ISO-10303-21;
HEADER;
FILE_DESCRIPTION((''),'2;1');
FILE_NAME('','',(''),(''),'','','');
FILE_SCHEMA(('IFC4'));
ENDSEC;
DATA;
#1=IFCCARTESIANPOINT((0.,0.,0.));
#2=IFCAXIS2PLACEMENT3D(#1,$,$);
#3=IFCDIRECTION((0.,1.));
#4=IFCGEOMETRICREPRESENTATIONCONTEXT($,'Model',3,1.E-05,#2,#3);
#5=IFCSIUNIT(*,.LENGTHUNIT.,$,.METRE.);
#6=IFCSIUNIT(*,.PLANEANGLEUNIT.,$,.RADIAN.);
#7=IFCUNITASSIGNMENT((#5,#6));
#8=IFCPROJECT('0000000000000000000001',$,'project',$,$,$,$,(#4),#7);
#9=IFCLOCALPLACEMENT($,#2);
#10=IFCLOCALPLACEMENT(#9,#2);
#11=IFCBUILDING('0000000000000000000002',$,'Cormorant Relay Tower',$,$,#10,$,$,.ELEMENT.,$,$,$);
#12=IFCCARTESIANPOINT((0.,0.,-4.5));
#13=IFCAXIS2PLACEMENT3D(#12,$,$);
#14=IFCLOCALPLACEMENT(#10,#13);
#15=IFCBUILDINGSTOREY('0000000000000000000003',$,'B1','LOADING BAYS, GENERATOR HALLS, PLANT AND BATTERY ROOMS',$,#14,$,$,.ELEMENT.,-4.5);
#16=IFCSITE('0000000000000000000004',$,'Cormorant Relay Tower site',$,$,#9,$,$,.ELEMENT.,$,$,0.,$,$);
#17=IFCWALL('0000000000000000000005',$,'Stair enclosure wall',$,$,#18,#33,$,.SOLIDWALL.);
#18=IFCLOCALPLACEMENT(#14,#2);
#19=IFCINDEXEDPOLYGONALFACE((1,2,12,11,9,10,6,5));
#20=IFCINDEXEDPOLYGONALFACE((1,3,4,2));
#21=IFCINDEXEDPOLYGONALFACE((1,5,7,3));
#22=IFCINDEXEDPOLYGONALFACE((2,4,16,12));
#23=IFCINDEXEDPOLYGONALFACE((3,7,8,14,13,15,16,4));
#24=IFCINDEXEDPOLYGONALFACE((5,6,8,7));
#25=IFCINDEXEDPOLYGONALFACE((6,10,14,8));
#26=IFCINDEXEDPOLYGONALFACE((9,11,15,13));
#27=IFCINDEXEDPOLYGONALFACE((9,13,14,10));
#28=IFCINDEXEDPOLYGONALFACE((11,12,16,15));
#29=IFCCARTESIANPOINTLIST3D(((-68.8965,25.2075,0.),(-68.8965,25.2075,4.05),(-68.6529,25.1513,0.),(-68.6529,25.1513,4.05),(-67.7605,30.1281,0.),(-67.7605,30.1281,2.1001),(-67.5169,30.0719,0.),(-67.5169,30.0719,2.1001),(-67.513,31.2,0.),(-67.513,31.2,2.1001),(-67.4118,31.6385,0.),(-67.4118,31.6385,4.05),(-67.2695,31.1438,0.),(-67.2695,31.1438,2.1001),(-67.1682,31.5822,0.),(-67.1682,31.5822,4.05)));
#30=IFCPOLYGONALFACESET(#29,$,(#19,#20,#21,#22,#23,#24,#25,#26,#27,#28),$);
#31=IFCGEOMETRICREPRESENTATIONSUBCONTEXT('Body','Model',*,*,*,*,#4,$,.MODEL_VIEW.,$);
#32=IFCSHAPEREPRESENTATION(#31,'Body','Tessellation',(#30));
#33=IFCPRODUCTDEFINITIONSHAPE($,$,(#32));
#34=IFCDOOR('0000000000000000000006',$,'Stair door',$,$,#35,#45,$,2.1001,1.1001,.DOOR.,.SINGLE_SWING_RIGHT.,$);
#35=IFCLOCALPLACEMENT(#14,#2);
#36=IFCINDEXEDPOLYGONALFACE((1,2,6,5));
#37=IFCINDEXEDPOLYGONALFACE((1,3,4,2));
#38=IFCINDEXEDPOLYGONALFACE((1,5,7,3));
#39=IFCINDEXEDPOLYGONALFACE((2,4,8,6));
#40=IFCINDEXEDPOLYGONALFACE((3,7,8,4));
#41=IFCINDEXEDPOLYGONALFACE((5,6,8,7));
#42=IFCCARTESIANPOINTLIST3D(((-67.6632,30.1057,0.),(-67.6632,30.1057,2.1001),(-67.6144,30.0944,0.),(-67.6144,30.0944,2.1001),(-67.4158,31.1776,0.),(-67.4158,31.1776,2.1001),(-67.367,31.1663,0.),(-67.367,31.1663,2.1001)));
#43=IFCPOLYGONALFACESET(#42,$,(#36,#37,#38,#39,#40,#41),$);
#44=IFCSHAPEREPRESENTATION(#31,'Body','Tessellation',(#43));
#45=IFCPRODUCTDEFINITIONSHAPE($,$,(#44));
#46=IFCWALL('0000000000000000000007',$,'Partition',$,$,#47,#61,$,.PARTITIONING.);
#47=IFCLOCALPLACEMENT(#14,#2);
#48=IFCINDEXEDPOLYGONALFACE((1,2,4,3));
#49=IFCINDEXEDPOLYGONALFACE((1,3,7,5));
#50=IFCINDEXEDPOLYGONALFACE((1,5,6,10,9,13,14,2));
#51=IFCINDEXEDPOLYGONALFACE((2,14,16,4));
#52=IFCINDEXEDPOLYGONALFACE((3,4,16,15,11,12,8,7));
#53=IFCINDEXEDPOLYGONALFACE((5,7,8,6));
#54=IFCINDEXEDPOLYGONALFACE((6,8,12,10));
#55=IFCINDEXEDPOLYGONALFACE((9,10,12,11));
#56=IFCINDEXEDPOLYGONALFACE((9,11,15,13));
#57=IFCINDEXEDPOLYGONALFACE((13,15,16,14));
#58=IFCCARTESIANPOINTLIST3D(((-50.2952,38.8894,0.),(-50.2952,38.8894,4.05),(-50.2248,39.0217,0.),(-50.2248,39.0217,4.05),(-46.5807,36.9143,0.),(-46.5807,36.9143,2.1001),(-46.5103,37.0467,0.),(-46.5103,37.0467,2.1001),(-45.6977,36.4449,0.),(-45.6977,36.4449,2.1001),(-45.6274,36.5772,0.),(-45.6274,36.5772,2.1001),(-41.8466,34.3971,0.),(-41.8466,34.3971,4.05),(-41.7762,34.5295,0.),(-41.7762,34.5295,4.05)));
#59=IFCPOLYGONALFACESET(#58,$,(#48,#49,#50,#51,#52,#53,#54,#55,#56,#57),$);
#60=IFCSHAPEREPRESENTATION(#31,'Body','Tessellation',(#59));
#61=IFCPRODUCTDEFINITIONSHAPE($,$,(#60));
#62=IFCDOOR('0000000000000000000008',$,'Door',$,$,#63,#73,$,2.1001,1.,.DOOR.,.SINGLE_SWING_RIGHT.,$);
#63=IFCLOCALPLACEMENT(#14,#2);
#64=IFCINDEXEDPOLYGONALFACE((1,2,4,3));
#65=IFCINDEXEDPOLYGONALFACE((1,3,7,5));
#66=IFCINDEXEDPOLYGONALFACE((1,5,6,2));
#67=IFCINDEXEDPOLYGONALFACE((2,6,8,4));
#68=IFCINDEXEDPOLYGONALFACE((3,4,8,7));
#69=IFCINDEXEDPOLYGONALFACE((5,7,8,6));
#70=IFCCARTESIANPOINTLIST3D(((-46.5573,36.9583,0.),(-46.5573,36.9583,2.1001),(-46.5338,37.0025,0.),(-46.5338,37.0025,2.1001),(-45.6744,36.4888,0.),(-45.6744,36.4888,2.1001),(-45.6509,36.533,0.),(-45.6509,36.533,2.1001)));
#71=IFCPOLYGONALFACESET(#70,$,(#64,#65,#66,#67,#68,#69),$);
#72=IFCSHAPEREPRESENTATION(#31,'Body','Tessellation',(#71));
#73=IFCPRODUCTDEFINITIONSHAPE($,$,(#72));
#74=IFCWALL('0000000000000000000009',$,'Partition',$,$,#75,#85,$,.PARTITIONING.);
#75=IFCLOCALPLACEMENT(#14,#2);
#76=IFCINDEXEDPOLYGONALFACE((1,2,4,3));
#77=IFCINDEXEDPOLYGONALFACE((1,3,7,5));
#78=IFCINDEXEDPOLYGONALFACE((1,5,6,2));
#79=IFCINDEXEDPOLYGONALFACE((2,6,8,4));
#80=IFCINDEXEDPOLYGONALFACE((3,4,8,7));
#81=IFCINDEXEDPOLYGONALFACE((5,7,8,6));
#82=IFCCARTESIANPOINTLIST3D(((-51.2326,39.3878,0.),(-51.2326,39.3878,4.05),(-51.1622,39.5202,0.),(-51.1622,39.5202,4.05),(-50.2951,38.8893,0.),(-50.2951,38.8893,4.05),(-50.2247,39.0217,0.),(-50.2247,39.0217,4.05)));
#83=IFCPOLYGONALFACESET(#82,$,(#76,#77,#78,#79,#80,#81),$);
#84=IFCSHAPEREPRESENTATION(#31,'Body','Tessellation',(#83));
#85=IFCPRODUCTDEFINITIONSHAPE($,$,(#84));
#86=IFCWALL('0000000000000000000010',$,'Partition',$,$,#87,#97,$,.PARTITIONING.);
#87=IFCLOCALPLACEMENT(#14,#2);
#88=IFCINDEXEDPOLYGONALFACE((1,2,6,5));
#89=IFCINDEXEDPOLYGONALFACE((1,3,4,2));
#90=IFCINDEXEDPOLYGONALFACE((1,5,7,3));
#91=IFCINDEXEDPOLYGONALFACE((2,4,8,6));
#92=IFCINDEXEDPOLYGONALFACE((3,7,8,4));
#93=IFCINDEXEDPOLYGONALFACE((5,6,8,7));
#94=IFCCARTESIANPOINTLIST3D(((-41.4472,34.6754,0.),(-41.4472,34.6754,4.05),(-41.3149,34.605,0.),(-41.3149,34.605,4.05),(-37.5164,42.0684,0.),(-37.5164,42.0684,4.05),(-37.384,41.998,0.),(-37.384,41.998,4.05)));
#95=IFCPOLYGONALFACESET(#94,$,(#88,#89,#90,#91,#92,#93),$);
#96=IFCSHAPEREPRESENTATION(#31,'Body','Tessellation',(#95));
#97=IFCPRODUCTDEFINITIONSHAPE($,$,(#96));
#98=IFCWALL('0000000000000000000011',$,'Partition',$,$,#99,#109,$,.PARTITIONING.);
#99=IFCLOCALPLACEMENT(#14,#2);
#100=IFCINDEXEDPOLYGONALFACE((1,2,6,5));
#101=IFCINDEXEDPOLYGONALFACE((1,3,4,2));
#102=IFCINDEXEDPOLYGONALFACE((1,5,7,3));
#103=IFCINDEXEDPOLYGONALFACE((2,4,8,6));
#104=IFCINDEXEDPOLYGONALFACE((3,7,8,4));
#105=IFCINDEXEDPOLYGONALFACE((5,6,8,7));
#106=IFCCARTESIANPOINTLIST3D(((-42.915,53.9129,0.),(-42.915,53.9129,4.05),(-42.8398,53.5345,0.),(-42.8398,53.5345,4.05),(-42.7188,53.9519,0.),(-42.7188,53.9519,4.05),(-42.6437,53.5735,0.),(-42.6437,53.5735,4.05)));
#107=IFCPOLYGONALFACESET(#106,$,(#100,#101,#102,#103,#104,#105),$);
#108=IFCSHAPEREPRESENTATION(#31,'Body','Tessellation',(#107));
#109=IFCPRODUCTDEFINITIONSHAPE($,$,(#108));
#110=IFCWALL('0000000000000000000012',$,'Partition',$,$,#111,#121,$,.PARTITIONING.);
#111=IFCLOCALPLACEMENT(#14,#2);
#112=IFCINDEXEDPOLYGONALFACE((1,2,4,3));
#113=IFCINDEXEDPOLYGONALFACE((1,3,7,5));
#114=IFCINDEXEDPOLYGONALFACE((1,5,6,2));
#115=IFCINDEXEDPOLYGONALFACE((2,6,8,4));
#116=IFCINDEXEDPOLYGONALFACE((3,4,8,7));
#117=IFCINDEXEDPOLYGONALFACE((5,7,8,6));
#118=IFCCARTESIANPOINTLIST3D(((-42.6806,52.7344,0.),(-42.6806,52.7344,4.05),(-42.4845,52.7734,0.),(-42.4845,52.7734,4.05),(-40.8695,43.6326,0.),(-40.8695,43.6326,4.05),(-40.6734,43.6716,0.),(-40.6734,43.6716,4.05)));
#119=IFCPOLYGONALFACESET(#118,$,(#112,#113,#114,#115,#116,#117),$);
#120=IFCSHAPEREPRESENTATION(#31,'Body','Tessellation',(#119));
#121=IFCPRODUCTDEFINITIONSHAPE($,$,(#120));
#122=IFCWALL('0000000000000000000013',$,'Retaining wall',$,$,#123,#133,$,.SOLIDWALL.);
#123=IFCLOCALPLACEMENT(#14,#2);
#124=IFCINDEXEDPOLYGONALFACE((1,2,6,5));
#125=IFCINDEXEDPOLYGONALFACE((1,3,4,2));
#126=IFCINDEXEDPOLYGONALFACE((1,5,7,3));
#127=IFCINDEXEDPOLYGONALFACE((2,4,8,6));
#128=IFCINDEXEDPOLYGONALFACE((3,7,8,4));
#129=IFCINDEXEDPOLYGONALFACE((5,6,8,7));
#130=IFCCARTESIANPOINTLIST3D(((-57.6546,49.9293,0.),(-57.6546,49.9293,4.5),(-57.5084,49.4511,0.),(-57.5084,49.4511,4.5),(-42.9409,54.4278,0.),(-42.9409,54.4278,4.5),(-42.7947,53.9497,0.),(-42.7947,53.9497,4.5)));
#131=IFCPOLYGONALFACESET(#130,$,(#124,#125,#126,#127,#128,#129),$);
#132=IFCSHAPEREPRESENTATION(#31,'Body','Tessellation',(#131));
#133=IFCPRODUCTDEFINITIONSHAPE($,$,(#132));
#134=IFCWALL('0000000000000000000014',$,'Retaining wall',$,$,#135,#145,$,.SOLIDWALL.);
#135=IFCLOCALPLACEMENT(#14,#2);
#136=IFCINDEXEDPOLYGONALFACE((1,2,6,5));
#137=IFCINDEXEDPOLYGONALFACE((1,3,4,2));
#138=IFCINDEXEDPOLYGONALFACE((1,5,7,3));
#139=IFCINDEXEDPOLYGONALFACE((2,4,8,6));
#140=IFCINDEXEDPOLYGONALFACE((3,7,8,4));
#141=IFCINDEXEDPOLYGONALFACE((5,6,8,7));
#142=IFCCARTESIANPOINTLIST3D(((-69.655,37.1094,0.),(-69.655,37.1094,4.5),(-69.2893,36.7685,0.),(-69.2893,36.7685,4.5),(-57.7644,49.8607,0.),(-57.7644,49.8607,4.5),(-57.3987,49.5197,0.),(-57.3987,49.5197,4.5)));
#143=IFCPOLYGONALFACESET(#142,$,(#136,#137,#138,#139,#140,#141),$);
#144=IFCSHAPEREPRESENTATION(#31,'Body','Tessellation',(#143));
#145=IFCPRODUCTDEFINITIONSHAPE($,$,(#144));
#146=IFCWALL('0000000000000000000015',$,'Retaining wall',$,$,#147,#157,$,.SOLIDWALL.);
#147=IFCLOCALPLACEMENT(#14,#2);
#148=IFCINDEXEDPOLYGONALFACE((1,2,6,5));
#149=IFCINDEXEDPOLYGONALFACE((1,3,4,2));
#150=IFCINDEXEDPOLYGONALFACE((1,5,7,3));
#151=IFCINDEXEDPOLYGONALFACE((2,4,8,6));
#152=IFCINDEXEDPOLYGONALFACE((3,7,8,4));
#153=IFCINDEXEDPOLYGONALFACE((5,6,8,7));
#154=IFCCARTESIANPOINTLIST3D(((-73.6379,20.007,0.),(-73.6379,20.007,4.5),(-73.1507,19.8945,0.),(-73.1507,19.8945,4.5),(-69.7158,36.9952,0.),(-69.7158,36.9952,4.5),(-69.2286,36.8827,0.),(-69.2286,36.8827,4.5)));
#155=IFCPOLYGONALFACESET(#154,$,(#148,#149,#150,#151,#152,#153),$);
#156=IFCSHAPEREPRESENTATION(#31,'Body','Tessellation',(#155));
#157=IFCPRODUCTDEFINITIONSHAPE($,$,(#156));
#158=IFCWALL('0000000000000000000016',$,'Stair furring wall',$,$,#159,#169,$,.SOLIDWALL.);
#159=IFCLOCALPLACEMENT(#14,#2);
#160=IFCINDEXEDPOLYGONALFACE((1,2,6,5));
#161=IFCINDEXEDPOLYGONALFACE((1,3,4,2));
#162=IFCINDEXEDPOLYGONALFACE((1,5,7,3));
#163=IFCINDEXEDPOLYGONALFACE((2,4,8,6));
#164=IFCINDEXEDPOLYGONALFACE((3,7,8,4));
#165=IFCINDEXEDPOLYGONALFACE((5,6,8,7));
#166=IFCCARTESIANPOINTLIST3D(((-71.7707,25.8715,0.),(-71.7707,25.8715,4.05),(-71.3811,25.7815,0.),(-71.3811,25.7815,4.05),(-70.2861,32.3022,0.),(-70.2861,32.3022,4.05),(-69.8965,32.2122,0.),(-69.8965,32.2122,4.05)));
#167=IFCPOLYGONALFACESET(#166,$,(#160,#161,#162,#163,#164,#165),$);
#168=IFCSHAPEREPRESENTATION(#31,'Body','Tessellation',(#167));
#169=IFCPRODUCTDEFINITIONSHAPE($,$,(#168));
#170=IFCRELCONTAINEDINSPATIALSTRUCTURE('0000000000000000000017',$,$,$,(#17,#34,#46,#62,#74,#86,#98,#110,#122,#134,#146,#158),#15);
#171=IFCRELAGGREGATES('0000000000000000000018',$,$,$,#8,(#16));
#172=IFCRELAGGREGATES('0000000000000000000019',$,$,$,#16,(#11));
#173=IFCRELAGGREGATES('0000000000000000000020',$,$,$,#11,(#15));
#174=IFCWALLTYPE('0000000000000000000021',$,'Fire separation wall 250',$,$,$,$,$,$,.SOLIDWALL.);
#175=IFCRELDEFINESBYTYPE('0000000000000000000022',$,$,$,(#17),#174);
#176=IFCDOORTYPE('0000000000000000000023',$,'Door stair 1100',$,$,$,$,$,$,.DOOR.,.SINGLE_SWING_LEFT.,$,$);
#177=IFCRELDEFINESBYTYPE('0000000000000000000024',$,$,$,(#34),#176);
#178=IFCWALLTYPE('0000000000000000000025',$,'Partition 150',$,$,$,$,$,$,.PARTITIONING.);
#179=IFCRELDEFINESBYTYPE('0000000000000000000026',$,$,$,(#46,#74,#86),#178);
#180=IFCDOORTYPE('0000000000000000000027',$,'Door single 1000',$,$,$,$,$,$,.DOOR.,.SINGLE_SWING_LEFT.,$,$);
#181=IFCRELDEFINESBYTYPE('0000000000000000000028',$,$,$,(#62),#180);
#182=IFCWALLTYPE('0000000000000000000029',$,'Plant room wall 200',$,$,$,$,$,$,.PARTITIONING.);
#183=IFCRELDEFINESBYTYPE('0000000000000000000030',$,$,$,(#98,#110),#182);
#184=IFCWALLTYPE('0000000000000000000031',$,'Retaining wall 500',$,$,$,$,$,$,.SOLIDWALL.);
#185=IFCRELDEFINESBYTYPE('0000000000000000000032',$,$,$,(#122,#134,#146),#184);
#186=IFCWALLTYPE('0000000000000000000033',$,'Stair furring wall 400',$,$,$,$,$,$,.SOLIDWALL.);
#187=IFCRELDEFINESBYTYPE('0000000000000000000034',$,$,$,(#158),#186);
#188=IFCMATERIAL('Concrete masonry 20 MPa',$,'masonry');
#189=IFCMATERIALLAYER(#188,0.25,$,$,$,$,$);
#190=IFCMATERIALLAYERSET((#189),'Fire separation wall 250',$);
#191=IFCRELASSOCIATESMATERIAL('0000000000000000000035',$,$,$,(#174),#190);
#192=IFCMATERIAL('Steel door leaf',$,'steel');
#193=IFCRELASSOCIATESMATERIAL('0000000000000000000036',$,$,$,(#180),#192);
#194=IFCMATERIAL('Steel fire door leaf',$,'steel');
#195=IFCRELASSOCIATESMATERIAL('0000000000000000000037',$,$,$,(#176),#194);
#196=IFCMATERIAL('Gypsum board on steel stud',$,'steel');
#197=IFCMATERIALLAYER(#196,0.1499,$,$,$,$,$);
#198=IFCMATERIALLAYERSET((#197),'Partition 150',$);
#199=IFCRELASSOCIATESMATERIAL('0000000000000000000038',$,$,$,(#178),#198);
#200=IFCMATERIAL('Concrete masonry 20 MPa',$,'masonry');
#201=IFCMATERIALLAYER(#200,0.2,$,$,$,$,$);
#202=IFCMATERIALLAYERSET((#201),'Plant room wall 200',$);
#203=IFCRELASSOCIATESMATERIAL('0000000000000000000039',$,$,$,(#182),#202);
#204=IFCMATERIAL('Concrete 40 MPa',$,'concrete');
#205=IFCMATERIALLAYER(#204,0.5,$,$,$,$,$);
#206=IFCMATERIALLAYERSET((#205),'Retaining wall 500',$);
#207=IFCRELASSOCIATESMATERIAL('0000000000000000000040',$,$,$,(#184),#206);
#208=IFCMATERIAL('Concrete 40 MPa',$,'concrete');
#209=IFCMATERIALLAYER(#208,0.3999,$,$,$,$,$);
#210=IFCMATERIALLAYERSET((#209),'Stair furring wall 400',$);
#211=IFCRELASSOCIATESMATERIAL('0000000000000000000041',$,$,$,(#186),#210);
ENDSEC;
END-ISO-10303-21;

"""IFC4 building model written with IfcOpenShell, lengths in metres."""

from ifc_helpers import new_model, si_unit, direction, frame, frame_2d, origin, place, context, subcontext, project, spatial, rectangle, extrude, material, layer, layer_set, type_object, element, fill, save


model = new_model("IFC4")

# Units and contexts
model_context = context("Model", 3, precision=1e-05, world=origin(), true_north=direction((0.0, 1.0)))
body_context = subcontext(model_context, "Body", "Model", "MODEL_VIEW")
ifc_project = project(units=[si_unit("LENGTHUNIT", "METRE"), si_unit("PLANEANGLEUNIT", "RADIAN")], contexts=[model_context])

# Site, building, storey
site_placement = place(None, origin())
site = spatial("IfcSite", under=ifc_project, at=site_placement, Name="Cormorant Relay Tower site", CompositionType="ELEMENT", RefElevation=0.0)
building_placement = place(site_placement, origin())
building = spatial("IfcBuilding", under=site, at=building_placement, Name="Cormorant Relay Tower", CompositionType="ELEMENT")
storey_placement = place(building_placement, frame((0.0, 0.0, -4.5)))
storey = spatial("IfcBuildingStorey", under=building, at=storey_placement, Name="B1", Description="LOADING BAYS, GENERATOR HALLS, PLANT AND BATTERY ROOMS", CompositionType="ELEMENT", Elevation=-4.5)

# Shared definitions
ifc_material_1 = material(Name="Concrete masonry 20 MPa", Category="masonry")
ifc_layer_1 = layer(ifc_material_1, 0.25)
ifc_layer_set_1 = layer_set([ifc_layer_1], Name="Fire separation wall 250")
wall_type_1 = type_object("IfcWallType", Name="Fire separation wall 250", PredefinedType="SOLIDWALL", material=ifc_layer_set_1)

# Shared definitions
ifc_material_2 = material(Name="Steel door leaf", Category="steel")
door_type_1 = type_object("IfcDoorType", Name="Door single 1000", OperationType="SINGLE_SWING_LEFT", PredefinedType="DOOR", material=ifc_material_2)

# Walls, openings, doors
wall_1_placement = place(storey_placement, frame((-67.29, 31.6104, 0.0), z_axis=(0.0, 0.0, 1.0), x_axis=(-0.224941, -0.974372, 0.0)))
wall_1 = element("IfcWall", 1, at=wall_1_placement, inside=storey, type_object=wall_type_1, Name="Stair enclosure wall", PredefinedType="SOLIDWALL", context=body_context, shape_type="SweptSolid", body=[
    extrude(rectangle(XDim=6.6001, YDim=0.25, at=frame_2d((3.3, 0.0))), origin(), (0.0, 0.0, 1.0), 4.05),
])
opening_1_placement = place(wall_1_placement, frame((0.45, 0.0, 0.0)))
opening_1 = element("IfcOpeningElement", 2, at=opening_1_placement, cuts=wall_1, PredefinedType="OPENING", context=body_context, shape_type="SweptSolid", body=[
    extrude(rectangle(XDim=1.1001, YDim=2.1001, at=frame_2d((0.55, 1.05))), frame((0.0, 0.135, 0.0), z_axis=(0.0, -1.0, 0.0), x_axis=(1.0, 0.0, 0.0)), (0.0, 0.0, 1.0), 0.27),
])
ifc_material_3 = material(Name="Steel fire door leaf", Category="steel")
door_type_2 = type_object("IfcDoorType", Name="Door stair 1100", OperationType="SINGLE_SWING_LEFT", PredefinedType="DOOR", material=ifc_material_3)
door_1_placement = place(opening_1_placement, origin())
door_1 = element("IfcDoor", 3, at=door_1_placement, inside=storey, type_object=door_type_2, Name="Stair door", OperationType="SINGLE_SWING_RIGHT", OverallHeight=2.1001, OverallWidth=1.1001, PredefinedType="DOOR", context=body_context, shape_type="SweptSolid", body=[
    extrude(rectangle(XDim=1.1001, YDim=2.1001, at=frame_2d((0.55, 1.05))), frame((0.0, 0.0249, 0.0), z_axis=(0.0, -1.0, 0.0), x_axis=(1.0, 0.0, 0.0)), (0.0, 0.0, 1.0), 0.05),
])
fill(opening_1, door_1)
ifc_material_4 = material(Name="Gypsum board on steel stud", Category="steel")
ifc_layer_2 = layer(ifc_material_4, 0.1499)
ifc_layer_set_2 = layer_set([ifc_layer_2], Name="Partition 150")
wall_type_2 = type_object("IfcWallType", Name="Partition 150", PredefinedType="PARTITIONING", material=ifc_layer_set_2)
wall_2_placement = place(storey_placement, frame((-41.8115, 34.4634, 0.0), z_axis=(0.0, 0.0, 1.0), x_axis=(-0.882946, 0.469475, 0.0)))
wall_2 = element("IfcWall", 4, at=wall_2_placement, inside=storey, type_object=wall_type_2, Name="Partition", PredefinedType="PARTITIONING", context=body_context, shape_type="SweptSolid", body=[
    extrude(rectangle(XDim=9.5686, YDim=0.1499, at=frame_2d((4.7842, 0.0))), origin(), (0.0, 0.0, 1.0), 4.05),
])
opening_2_placement = place(wall_2_placement, frame((4.3616, 0.0, 0.0)))
opening_2 = element("IfcOpeningElement", 5, at=opening_2_placement, cuts=wall_2, PredefinedType="OPENING", context=body_context, shape_type="SweptSolid", body=[
    extrude(rectangle(XDim=1.0, YDim=2.1001, at=frame_2d((0.5, 1.05))), frame((0.0, 0.085, 0.0), z_axis=(0.0, -1.0, 0.0), x_axis=(1.0, 0.0, 0.0)), (0.0, 0.0, 1.0), 0.1699),
])
door_2_placement = place(opening_2_placement, frame((1.0, 0.0, 0.0), z_axis=(0.0, 0.0, 1.0), x_axis=(-1.0, 0.0, 0.0)))
door_2 = element("IfcDoor", 6, at=door_2_placement, inside=storey, type_object=door_type_1, Name="Door", OperationType="SINGLE_SWING_RIGHT", OverallHeight=2.1001, OverallWidth=1.0, PredefinedType="DOOR", context=body_context, shape_type="SweptSolid", body=[
    extrude(rectangle(XDim=1.0, YDim=2.1001, at=frame_2d((0.5, 1.05))), frame((0.0, 0.0249, 0.0), z_axis=(0.0, -1.0, 0.0), x_axis=(1.0, 0.0, 0.0)), (0.0, 0.0, 1.0), 0.05),
])
fill(opening_2, door_2)

# Walls
wall_3_placement = place(storey_placement, frame((-50.26, 38.9556, 0.0), z_axis=(0.0, 0.0, 1.0), x_axis=(-0.882925, 0.469514, 0.0)))
element("IfcWall", 7, at=wall_3_placement, inside=storey, type_object=wall_type_2, Name="Partition", PredefinedType="PARTITIONING", context=body_context, shape_type="SweptSolid", body=[
    extrude(rectangle(XDim=1.0618, YDim=0.1499, at=frame_2d((0.5308, 0.0))), origin(), (0.0, 0.0, 1.0), 4.05),
])
wall_4_placement = place(storey_placement, frame((-37.4502, 42.0332, 0.0), z_axis=(0.0, 0.0, 1.0), x_axis=(-0.469466, -0.88295, 0.0)))
element("IfcWall", 8, at=wall_4_placement, inside=storey, type_object=wall_type_2, Name="Partition", PredefinedType="PARTITIONING", context=body_context, shape_type="SweptSolid", body=[
    extrude(rectangle(XDim=8.373, YDim=0.1499, at=frame_2d((4.1865, 0.0))), origin(), (0.0, 0.0, 1.0), 4.05),
])
ifc_material_5 = material(Name="Concrete masonry 20 MPa", Category="masonry")
ifc_layer_3 = layer(ifc_material_5, 0.2)
ifc_layer_set_3 = layer_set([ifc_layer_3], Name="Plant room wall 200")
wall_type_3 = type_object("IfcWallType", Name="Plant room wall 200", PredefinedType="PARTITIONING", material=ifc_layer_set_3)
wall_5_placement = place(storey_placement, frame((-42.8169, 53.9324, 0.0), z_axis=(0.0, 0.0, 1.0), x_axis=(0.194899, -0.980823, 0.0)))
element("IfcWall", 9, at=wall_5_placement, inside=storey, type_object=wall_type_3, Name="Partition", PredefinedType="PARTITIONING", context=body_context, shape_type="SweptSolid", body=[
    extrude(rectangle(XDim=0.3857, YDim=0.2, at=frame_2d((0.1929, 0.0))), origin(), (0.0, 0.0, 1.0), 4.05),
])
wall_6_placement = place(storey_placement, frame((-42.5825, 52.7539, 0.0), z_axis=(0.0, 0.0, 1.0), x_axis=(0.19515, -0.980773, 0.0)))
element("IfcWall", 10, at=wall_6_placement, inside=storey, type_object=wall_type_3, Name="Partition", PredefinedType="PARTITIONING", context=body_context, shape_type="SweptSolid", body=[
    extrude(rectangle(XDim=9.2803, YDim=0.2, at=frame_2d((4.6401, 0.0))), origin(), (0.0, 0.0, 1.0), 4.05),
])
ifc_material_6 = material(Name="Concrete 40 MPa", Category="concrete")
ifc_layer_4 = layer(ifc_material_6, 0.5)
ifc_layer_set_4 = layer_set([ifc_layer_4], Name="Retaining wall 500")
wall_type_4 = type_object("IfcWallType", Name="Retaining wall 500", PredefinedType="SOLIDWALL", material=ifc_layer_set_4)
wall_7_placement = place(storey_placement, frame((-42.8679, 54.1887, 0.0), z_axis=(0.0, 0.0, 1.0), x_axis=(-0.956302, -0.292379, 0.0)))
element("IfcWall", 11, at=wall_7_placement, inside=storey, type_object=wall_type_4, Name="Retaining wall", PredefinedType="SOLIDWALL", context=body_context, shape_type="SweptSolid", body=[
    extrude(rectangle(XDim=15.386, YDim=0.5, at=frame_2d((7.6929, 0.0))), origin(), (0.0, 0.0, 1.0), 4.5),
])
for number, where, z_axis, x_axis, name in (
    (12, (-57.5815, 49.6902, 0.0), (0.0, 0.0, 1.0), (-0.681996, -0.731356, 0.0), "Retaining wall"),
    (13, (-69.4722, 36.939, 0.0), (0.0, 0.0, 1.0), (-0.224955, -0.974369, 0.0), "Retaining wall"),
):
    element("IfcWall", number, at=place(storey_placement, frame(where, z_axis=z_axis, x_axis=x_axis)), inside=storey, type_object=wall_type_4, Name=name, PredefinedType="SOLIDWALL", context=body_context, shape_type="SweptSolid", body=[
        extrude(rectangle(XDim=17.4351, YDim=0.5, at=frame_2d((8.7175, 0.0))), origin(), (0.0, 0.0, 1.0), 4.5),
    ])
ifc_material_7 = material(Name="Concrete 40 MPa", Category="concrete")
ifc_layer_5 = layer(ifc_material_7, 0.3999)
ifc_layer_set_5 = layer_set([ifc_layer_5], Name="Stair furring wall 400")
wall_type_5 = type_object("IfcWallType", Name="Stair furring wall 400", PredefinedType="SOLIDWALL", material=ifc_layer_set_5)
wall_8_placement = place(storey_placement, frame((-70.0913, 32.2571, 0.0), z_axis=(0.0, 0.0, 1.0), x_axis=(-0.224949, -0.974371, 0.0)))
element("IfcWall", 14, at=wall_8_placement, inside=storey, type_object=wall_type_5, Name="Stair furring wall", PredefinedType="SOLIDWALL", context=body_context, shape_type="SweptSolid", body=[
    extrude(rectangle(XDim=6.5999, YDim=0.3999, at=frame_2d((3.2998, 0.0))), origin(), (0.0, 0.0, 1.0), 4.05),
])

save(model, "model.ifc")
